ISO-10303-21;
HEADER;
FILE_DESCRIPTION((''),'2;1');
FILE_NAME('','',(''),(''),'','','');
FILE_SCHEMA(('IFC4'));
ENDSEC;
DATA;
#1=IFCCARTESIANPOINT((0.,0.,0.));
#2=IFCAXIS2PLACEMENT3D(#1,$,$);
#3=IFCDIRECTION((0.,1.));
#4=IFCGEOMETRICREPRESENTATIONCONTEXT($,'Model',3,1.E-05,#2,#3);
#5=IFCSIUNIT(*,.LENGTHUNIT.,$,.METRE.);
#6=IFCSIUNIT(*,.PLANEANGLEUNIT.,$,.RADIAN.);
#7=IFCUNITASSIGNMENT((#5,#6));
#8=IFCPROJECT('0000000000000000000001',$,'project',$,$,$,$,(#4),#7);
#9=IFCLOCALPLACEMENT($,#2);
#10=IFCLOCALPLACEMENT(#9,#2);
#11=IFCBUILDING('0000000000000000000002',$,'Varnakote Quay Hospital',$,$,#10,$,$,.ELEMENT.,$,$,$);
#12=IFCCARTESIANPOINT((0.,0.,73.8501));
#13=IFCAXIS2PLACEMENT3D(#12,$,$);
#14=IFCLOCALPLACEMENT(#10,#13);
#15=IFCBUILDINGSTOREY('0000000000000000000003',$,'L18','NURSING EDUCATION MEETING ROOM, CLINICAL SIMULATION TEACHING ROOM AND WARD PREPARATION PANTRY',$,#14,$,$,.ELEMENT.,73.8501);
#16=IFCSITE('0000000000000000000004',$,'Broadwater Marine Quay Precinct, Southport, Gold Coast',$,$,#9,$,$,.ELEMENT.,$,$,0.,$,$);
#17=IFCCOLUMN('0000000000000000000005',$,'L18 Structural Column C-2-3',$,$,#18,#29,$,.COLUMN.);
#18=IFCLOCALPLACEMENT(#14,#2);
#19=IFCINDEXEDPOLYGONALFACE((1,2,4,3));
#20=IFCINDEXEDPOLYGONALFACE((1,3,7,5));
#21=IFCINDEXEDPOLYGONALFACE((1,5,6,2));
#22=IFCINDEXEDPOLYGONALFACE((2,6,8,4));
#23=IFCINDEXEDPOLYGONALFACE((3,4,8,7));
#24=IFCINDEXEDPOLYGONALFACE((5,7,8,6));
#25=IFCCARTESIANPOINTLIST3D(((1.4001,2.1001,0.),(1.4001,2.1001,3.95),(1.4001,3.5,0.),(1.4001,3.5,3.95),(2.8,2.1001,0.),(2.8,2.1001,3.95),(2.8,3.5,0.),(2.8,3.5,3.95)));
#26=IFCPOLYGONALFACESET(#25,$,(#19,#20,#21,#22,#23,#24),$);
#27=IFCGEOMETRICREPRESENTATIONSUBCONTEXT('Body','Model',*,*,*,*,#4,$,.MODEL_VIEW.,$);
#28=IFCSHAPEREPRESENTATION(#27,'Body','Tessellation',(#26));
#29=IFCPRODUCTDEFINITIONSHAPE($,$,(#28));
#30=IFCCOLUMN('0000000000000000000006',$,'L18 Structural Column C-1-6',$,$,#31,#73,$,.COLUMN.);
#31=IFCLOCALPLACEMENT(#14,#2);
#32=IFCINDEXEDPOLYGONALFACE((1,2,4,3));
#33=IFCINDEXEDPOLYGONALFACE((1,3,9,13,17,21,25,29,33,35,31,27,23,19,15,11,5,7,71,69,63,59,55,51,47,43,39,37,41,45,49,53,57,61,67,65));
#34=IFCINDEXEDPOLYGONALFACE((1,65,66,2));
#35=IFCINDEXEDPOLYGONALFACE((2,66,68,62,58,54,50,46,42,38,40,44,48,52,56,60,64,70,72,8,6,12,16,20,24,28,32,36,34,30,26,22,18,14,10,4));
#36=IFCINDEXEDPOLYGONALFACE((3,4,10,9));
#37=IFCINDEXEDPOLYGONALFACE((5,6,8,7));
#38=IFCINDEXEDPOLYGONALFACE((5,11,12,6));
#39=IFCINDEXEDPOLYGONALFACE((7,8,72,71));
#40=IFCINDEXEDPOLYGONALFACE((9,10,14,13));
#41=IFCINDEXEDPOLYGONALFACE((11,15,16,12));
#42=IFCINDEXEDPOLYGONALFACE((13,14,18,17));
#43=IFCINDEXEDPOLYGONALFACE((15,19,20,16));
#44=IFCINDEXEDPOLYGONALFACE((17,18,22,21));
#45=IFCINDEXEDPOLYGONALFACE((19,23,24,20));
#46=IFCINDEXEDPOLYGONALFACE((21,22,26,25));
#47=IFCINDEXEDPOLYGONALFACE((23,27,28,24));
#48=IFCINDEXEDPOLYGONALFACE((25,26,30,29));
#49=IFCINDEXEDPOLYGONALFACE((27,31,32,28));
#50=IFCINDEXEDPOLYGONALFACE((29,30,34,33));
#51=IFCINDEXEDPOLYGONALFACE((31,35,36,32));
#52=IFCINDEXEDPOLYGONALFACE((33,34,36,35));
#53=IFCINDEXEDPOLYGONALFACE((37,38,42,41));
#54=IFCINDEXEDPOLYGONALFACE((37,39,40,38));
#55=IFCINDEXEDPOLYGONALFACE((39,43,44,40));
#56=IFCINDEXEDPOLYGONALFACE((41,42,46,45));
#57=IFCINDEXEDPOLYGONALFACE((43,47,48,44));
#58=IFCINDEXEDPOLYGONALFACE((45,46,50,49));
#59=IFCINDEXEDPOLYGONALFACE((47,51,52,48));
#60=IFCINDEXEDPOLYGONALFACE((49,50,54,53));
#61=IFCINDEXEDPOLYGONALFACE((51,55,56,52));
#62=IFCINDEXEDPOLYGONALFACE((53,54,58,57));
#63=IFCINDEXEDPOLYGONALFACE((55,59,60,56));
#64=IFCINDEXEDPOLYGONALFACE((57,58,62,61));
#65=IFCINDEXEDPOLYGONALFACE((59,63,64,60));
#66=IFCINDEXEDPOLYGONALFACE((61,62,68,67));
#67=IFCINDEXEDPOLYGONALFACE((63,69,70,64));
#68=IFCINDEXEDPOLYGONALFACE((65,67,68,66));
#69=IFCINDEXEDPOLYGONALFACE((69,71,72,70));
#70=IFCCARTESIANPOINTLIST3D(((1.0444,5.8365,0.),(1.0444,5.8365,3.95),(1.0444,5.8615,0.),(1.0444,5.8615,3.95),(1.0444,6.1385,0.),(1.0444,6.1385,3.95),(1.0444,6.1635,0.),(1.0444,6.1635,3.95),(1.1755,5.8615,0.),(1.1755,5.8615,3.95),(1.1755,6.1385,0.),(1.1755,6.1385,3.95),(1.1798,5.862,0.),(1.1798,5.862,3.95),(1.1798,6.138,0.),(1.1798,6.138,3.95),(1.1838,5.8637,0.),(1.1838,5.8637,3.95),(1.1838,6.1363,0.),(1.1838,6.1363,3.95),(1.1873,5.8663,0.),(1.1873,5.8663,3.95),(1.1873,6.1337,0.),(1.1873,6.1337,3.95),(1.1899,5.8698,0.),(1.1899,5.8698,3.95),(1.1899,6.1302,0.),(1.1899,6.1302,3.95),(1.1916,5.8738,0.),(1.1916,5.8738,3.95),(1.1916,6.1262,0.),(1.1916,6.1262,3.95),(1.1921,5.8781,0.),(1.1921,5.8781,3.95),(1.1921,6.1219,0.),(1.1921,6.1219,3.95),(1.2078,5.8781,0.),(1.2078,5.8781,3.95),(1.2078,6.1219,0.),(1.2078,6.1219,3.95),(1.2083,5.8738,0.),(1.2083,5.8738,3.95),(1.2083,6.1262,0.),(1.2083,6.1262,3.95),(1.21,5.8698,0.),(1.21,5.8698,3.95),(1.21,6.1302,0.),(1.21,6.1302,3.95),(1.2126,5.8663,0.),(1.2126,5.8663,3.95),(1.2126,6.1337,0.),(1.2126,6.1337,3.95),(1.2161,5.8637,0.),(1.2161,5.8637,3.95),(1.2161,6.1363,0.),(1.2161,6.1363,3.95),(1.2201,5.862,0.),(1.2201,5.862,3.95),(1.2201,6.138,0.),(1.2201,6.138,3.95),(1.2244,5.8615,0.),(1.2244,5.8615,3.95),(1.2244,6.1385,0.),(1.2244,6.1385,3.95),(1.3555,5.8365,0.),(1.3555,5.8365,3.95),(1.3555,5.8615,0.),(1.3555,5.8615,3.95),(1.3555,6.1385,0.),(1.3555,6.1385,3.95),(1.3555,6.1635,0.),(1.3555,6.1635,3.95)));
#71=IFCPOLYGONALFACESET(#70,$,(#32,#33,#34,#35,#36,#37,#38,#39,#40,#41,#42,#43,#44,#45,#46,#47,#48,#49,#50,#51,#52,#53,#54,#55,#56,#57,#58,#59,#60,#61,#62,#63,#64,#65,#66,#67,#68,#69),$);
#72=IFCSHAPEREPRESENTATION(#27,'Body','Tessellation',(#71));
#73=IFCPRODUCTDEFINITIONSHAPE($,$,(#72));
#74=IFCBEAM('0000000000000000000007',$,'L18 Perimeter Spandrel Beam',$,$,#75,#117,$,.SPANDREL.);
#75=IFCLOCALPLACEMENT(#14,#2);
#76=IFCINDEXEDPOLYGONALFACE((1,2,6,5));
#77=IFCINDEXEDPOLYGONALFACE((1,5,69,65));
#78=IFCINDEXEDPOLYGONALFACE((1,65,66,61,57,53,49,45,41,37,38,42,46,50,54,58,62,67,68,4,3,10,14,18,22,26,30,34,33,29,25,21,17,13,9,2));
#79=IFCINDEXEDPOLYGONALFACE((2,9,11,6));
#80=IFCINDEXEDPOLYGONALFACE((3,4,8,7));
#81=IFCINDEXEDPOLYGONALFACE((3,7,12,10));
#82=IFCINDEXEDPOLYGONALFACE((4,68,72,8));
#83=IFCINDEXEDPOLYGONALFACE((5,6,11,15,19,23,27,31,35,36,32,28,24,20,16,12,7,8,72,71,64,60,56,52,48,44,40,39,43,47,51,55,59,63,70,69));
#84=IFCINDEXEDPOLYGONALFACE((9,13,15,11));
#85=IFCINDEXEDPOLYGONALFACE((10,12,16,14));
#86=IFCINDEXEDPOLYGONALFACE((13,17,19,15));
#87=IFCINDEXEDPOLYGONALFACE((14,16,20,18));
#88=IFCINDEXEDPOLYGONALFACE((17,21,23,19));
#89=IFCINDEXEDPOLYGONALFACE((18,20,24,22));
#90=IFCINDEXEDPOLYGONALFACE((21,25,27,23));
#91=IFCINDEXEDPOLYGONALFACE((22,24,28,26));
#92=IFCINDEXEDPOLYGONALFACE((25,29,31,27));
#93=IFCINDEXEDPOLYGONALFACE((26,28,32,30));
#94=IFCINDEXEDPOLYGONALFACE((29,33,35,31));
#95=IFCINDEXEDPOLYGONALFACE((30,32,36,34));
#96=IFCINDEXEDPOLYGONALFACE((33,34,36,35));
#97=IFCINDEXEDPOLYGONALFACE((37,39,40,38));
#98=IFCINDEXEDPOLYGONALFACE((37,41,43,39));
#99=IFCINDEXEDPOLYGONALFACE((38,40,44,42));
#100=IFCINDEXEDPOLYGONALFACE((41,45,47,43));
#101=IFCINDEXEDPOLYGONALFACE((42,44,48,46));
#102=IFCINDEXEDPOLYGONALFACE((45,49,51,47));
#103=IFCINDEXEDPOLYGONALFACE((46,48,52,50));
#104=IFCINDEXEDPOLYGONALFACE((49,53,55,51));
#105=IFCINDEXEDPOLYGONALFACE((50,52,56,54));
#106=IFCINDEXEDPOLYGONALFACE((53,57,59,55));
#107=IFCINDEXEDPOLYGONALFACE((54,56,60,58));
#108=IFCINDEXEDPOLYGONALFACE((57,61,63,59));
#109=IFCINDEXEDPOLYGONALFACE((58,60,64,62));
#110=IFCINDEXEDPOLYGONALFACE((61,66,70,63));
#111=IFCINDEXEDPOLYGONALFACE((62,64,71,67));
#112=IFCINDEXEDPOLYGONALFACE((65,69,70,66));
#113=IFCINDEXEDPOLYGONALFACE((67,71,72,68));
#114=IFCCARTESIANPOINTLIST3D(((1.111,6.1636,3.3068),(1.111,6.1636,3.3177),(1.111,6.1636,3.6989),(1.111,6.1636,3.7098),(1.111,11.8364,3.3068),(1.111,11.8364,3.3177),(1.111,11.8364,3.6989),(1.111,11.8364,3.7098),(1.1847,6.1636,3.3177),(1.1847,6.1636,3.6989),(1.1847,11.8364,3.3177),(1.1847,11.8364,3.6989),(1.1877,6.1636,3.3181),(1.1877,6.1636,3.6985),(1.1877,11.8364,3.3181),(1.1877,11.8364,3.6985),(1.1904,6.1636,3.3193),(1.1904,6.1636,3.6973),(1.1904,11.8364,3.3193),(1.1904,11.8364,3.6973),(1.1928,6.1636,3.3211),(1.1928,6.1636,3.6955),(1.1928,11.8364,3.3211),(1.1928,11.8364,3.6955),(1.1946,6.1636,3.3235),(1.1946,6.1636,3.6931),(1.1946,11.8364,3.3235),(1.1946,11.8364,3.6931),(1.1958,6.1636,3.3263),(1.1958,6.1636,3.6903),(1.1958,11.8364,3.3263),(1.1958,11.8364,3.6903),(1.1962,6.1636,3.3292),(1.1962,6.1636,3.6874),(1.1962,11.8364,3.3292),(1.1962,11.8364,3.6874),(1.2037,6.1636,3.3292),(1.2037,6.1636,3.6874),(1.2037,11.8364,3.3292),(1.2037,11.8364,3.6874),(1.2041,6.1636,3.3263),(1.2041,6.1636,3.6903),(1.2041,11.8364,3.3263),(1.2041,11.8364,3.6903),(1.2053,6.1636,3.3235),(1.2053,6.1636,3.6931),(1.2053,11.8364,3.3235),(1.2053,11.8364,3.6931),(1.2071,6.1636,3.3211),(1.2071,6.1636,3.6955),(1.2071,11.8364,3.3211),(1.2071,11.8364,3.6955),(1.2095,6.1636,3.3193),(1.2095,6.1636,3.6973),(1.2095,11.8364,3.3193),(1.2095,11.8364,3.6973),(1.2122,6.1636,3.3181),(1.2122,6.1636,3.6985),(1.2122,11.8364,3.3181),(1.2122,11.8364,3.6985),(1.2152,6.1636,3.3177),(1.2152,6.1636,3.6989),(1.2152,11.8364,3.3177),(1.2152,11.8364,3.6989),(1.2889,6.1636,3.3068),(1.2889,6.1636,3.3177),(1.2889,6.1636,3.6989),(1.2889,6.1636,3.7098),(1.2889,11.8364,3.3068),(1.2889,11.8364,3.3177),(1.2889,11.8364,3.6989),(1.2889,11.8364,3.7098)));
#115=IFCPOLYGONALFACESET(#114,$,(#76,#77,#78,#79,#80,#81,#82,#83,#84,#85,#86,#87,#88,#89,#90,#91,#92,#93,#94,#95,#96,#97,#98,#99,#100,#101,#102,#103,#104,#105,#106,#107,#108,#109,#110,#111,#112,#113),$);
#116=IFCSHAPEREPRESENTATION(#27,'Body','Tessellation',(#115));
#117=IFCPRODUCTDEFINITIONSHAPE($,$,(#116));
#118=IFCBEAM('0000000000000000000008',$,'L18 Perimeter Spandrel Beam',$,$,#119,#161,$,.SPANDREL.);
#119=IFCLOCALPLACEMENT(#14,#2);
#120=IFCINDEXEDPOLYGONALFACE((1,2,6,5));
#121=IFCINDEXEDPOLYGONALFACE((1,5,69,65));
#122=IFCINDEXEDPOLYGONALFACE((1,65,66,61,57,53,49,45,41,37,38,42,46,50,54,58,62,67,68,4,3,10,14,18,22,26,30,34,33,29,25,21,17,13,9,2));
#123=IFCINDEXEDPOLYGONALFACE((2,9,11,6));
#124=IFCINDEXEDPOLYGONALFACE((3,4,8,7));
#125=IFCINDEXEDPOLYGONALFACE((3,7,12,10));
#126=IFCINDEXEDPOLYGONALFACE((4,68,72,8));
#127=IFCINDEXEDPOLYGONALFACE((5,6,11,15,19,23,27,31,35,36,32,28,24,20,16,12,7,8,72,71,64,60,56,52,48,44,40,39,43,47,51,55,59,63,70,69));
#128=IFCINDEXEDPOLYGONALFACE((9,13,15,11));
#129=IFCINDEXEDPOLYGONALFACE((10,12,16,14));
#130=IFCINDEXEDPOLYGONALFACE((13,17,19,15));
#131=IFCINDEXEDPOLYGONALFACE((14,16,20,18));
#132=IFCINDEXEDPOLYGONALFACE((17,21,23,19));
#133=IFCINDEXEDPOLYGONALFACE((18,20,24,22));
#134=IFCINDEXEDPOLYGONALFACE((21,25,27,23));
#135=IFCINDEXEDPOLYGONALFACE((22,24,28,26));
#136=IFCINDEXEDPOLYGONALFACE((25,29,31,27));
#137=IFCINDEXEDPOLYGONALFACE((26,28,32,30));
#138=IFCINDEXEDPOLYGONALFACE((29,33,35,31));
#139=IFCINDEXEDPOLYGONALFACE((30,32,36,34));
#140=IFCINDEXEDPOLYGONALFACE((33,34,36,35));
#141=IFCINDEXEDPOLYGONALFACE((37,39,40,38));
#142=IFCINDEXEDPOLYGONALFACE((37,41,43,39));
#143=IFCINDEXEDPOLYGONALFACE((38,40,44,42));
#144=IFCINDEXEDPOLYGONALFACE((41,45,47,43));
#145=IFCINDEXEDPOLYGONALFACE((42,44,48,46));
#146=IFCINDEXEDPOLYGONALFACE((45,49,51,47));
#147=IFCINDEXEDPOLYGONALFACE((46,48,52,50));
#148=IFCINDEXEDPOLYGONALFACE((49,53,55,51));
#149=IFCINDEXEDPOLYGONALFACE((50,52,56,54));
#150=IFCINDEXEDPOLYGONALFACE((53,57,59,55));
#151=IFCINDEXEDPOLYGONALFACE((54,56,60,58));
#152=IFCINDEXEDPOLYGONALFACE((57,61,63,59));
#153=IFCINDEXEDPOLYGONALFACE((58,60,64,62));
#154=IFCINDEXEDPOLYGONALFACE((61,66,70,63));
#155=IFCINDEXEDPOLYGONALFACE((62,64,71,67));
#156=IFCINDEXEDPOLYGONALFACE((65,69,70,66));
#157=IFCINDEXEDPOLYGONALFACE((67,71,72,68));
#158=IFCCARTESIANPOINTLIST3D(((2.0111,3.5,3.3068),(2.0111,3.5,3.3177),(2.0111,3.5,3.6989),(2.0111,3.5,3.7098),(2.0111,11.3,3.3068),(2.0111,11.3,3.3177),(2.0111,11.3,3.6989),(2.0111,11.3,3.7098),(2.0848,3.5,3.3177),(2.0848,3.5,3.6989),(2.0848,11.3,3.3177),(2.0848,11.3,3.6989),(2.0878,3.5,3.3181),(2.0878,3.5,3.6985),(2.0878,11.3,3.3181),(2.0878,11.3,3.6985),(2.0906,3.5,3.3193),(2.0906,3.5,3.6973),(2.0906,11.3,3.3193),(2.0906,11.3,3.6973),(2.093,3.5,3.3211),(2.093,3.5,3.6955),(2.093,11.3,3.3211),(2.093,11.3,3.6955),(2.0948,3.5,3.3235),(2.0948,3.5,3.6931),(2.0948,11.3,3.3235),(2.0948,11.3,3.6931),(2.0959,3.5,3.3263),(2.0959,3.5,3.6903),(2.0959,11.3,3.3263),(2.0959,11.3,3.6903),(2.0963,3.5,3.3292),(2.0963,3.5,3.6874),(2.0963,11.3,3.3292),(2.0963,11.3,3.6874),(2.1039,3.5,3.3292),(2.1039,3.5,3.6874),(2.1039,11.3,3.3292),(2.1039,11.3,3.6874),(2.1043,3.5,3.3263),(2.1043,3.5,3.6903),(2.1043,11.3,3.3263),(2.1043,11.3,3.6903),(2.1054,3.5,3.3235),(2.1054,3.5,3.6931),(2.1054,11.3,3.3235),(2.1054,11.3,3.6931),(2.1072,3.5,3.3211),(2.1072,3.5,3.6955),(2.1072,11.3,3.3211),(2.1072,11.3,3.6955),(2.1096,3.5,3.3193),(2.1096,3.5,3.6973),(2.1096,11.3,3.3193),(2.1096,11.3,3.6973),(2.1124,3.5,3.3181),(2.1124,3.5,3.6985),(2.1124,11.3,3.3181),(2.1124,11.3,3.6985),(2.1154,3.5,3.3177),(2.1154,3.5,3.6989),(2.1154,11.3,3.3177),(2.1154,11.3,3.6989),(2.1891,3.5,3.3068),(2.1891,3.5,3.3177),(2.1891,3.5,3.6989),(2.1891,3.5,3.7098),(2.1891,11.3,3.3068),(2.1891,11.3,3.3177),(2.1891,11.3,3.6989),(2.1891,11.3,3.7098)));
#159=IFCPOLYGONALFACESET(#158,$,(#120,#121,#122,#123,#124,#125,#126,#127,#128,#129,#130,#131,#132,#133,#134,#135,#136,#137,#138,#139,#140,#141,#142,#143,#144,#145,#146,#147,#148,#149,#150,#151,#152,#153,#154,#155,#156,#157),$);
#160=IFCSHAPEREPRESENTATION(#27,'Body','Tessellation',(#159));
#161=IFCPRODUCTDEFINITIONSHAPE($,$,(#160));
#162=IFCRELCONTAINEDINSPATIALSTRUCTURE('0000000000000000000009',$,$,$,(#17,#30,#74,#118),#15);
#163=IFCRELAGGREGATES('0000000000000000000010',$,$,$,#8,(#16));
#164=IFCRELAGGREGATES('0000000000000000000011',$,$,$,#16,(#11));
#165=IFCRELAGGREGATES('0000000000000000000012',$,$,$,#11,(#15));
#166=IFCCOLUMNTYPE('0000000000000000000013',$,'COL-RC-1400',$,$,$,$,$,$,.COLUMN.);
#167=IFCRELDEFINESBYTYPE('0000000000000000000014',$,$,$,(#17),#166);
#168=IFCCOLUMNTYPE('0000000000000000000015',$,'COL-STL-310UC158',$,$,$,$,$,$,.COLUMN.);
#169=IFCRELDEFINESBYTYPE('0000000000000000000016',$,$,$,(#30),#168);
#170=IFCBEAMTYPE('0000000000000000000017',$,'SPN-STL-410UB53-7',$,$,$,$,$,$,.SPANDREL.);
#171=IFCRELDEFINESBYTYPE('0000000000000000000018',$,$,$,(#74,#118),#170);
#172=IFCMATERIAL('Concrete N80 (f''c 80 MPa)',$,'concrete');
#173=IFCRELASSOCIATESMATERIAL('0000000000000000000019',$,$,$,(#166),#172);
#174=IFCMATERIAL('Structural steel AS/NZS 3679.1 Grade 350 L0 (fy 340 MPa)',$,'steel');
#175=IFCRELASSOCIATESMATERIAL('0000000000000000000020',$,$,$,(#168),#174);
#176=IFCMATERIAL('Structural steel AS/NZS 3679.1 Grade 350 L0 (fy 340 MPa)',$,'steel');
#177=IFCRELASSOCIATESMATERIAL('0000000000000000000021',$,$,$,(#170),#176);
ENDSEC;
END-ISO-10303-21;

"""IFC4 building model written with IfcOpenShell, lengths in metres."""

from ifc_helpers import new_model, si_unit, direction, frame, origin, origin_2d, place, context, subcontext, project, spatial, rectangle, i_section, extrude, material, material_profile, profile_set, type_object, element, save


model = new_model("IFC4")

# Units and contexts
model_context = context("Model", 3, precision=1e-05, world=origin(), true_north=direction((0.0, 1.0)))
body_context = subcontext(model_context, "Body", "Model", "MODEL_VIEW")
ifc_project = project(units=[si_unit("LENGTHUNIT", "METRE"), si_unit("PLANEANGLEUNIT", "RADIAN")], contexts=[model_context])

# Site, building, storey
site_placement = place(None, origin())
site = spatial("IfcSite", under=ifc_project, at=site_placement, Name="Broadwater Marine Quay Precinct, Southport, Gold Coast", CompositionType="ELEMENT", RefElevation=0.0)
building_placement = place(site_placement, origin())
building = spatial("IfcBuilding", under=site, at=building_placement, Name="Varnakote Quay Hospital", CompositionType="ELEMENT")
storey_placement = place(building_placement, frame((0.0, 0.0, 73.8501)))
storey = spatial("IfcBuildingStorey", under=building, at=storey_placement, Name="L18", Description="NURSING EDUCATION MEETING ROOM, CLINICAL SIMULATION TEACHING ROOM AND WARD PREPARATION PANTRY", CompositionType="ELEMENT", Elevation=73.8501)

# Columns
ifc_material_1 = material(Name="Concrete N80 (f'c 80 MPa)", Category="concrete")
ifc_material_profile_1 = material_profile(ifc_material_1, rectangle(XDim=1.3999, YDim=1.3999, at=origin_2d()), Name="RC-COL-1400x1400")
ifc_profile_set_1 = profile_set([ifc_material_profile_1], Name="Concrete N80 (f'c 80 MPa)")
column_type_1 = type_object("IfcColumnType", Name="COL-RC-1400", PredefinedType="COLUMN", material=ifc_profile_set_1)
column_1_placement = place(storey_placement, frame((2.1001, 2.8, 0.0), z_axis=(0.0, 0.0, 1.0), x_axis=(1.0, 0.0, 0.0)))
element("IfcColumn", 1, at=column_1_placement, inside=storey, type_object=column_type_1, Name="L18 Structural Column C-2-3", PredefinedType="COLUMN", context=body_context, shape_type="SweptSolid", body=[
    extrude(rectangle(XDim=1.3999, YDim=1.3999, at=origin_2d()), origin(), (0.0, 0.0, 1.0), 3.95),
])
ifc_material_2 = material(Name="Structural steel AS/NZS 3679.1 Grade 350 L0 (fy 340 MPa)", Category="steel")
ifc_material_profile_2 = material_profile(ifc_material_2, i_section(OverallWidth=0.311, OverallDepth=0.3269, WebThickness=0.0156, FlangeThickness=0.0249, FilletRadius=0.0166, at=origin_2d()), Name="310UC158")
ifc_profile_set_2 = profile_set([ifc_material_profile_2], Name="Structural steel AS/NZS 3679.1 Grade 350 L0 (fy 340 MPa)")
column_type_2 = type_object("IfcColumnType", Name="COL-STL-310UC158", PredefinedType="COLUMN", material=ifc_profile_set_2)
column_2_placement = place(storey_placement, frame((1.2, 6.0, 0.0), z_axis=(0.0, 0.0, 1.0), x_axis=(1.0, 0.0, 0.0)))
element("IfcColumn", 2, at=column_2_placement, inside=storey, type_object=column_type_2, Name="L18 Structural Column C-1-6", PredefinedType="COLUMN", context=body_context, shape_type="SweptSolid", body=[
    extrude(i_section(OverallWidth=0.311, OverallDepth=0.3269, WebThickness=0.0156, FlangeThickness=0.0249, FilletRadius=0.0166, at=origin_2d()), origin(), (0.0, 0.0, 1.0), 3.95),
])

# Beams
ifc_material_3 = material(Name="Structural steel AS/NZS 3679.1 Grade 350 L0 (fy 340 MPa)", Category="steel")
ifc_material_profile_3 = material_profile(ifc_material_3, i_section(OverallWidth=0.178, OverallDepth=0.4031, WebThickness=0.0076, FlangeThickness=0.011, FilletRadius=0.0115, at=origin_2d()), Name="410UB53.7")
ifc_profile_set_3 = profile_set([ifc_material_profile_3], Name="Structural steel AS/NZS 3679.1 Grade 350 L0 (fy 340 MPa)")
beam_type_1 = type_object("IfcBeamType", Name="SPN-STL-410UB53-7", PredefinedType="SPANDREL", material=ifc_profile_set_3)
beam_1_placement = place(storey_placement, frame((1.2, 6.1636, 3.5083), z_axis=(0.0, 1.0, 0.0), x_axis=(-1.0, 0.0, 0.0)))
element("IfcBeam", 3, at=beam_1_placement, inside=storey, type_object=beam_type_1, Name="L18 Perimeter Spandrel Beam", PredefinedType="SPANDREL", context=body_context, shape_type="SweptSolid", body=[
    extrude(i_section(OverallWidth=0.178, OverallDepth=0.4031, WebThickness=0.0076, FlangeThickness=0.011, FilletRadius=0.0115, at=origin_2d()), origin(), (0.0, 0.0, 1.0), 5.6729),
])
beam_2_placement = place(storey_placement, frame((2.1001, 3.5, 3.5083), z_axis=(0.0, 1.0, 0.0), x_axis=(-1.0, 0.0, 0.0)))
element("IfcBeam", 4, at=beam_2_placement, inside=storey, type_object=beam_type_1, Name="L18 Perimeter Spandrel Beam", PredefinedType="SPANDREL", context=body_context, shape_type="SweptSolid", body=[
    extrude(i_section(OverallWidth=0.178, OverallDepth=0.4031, WebThickness=0.0076, FlangeThickness=0.011, FilletRadius=0.0115, at=origin_2d()), origin(), (0.0, 0.0, 1.0), 7.8),
])

save(model, "model.ifc")
